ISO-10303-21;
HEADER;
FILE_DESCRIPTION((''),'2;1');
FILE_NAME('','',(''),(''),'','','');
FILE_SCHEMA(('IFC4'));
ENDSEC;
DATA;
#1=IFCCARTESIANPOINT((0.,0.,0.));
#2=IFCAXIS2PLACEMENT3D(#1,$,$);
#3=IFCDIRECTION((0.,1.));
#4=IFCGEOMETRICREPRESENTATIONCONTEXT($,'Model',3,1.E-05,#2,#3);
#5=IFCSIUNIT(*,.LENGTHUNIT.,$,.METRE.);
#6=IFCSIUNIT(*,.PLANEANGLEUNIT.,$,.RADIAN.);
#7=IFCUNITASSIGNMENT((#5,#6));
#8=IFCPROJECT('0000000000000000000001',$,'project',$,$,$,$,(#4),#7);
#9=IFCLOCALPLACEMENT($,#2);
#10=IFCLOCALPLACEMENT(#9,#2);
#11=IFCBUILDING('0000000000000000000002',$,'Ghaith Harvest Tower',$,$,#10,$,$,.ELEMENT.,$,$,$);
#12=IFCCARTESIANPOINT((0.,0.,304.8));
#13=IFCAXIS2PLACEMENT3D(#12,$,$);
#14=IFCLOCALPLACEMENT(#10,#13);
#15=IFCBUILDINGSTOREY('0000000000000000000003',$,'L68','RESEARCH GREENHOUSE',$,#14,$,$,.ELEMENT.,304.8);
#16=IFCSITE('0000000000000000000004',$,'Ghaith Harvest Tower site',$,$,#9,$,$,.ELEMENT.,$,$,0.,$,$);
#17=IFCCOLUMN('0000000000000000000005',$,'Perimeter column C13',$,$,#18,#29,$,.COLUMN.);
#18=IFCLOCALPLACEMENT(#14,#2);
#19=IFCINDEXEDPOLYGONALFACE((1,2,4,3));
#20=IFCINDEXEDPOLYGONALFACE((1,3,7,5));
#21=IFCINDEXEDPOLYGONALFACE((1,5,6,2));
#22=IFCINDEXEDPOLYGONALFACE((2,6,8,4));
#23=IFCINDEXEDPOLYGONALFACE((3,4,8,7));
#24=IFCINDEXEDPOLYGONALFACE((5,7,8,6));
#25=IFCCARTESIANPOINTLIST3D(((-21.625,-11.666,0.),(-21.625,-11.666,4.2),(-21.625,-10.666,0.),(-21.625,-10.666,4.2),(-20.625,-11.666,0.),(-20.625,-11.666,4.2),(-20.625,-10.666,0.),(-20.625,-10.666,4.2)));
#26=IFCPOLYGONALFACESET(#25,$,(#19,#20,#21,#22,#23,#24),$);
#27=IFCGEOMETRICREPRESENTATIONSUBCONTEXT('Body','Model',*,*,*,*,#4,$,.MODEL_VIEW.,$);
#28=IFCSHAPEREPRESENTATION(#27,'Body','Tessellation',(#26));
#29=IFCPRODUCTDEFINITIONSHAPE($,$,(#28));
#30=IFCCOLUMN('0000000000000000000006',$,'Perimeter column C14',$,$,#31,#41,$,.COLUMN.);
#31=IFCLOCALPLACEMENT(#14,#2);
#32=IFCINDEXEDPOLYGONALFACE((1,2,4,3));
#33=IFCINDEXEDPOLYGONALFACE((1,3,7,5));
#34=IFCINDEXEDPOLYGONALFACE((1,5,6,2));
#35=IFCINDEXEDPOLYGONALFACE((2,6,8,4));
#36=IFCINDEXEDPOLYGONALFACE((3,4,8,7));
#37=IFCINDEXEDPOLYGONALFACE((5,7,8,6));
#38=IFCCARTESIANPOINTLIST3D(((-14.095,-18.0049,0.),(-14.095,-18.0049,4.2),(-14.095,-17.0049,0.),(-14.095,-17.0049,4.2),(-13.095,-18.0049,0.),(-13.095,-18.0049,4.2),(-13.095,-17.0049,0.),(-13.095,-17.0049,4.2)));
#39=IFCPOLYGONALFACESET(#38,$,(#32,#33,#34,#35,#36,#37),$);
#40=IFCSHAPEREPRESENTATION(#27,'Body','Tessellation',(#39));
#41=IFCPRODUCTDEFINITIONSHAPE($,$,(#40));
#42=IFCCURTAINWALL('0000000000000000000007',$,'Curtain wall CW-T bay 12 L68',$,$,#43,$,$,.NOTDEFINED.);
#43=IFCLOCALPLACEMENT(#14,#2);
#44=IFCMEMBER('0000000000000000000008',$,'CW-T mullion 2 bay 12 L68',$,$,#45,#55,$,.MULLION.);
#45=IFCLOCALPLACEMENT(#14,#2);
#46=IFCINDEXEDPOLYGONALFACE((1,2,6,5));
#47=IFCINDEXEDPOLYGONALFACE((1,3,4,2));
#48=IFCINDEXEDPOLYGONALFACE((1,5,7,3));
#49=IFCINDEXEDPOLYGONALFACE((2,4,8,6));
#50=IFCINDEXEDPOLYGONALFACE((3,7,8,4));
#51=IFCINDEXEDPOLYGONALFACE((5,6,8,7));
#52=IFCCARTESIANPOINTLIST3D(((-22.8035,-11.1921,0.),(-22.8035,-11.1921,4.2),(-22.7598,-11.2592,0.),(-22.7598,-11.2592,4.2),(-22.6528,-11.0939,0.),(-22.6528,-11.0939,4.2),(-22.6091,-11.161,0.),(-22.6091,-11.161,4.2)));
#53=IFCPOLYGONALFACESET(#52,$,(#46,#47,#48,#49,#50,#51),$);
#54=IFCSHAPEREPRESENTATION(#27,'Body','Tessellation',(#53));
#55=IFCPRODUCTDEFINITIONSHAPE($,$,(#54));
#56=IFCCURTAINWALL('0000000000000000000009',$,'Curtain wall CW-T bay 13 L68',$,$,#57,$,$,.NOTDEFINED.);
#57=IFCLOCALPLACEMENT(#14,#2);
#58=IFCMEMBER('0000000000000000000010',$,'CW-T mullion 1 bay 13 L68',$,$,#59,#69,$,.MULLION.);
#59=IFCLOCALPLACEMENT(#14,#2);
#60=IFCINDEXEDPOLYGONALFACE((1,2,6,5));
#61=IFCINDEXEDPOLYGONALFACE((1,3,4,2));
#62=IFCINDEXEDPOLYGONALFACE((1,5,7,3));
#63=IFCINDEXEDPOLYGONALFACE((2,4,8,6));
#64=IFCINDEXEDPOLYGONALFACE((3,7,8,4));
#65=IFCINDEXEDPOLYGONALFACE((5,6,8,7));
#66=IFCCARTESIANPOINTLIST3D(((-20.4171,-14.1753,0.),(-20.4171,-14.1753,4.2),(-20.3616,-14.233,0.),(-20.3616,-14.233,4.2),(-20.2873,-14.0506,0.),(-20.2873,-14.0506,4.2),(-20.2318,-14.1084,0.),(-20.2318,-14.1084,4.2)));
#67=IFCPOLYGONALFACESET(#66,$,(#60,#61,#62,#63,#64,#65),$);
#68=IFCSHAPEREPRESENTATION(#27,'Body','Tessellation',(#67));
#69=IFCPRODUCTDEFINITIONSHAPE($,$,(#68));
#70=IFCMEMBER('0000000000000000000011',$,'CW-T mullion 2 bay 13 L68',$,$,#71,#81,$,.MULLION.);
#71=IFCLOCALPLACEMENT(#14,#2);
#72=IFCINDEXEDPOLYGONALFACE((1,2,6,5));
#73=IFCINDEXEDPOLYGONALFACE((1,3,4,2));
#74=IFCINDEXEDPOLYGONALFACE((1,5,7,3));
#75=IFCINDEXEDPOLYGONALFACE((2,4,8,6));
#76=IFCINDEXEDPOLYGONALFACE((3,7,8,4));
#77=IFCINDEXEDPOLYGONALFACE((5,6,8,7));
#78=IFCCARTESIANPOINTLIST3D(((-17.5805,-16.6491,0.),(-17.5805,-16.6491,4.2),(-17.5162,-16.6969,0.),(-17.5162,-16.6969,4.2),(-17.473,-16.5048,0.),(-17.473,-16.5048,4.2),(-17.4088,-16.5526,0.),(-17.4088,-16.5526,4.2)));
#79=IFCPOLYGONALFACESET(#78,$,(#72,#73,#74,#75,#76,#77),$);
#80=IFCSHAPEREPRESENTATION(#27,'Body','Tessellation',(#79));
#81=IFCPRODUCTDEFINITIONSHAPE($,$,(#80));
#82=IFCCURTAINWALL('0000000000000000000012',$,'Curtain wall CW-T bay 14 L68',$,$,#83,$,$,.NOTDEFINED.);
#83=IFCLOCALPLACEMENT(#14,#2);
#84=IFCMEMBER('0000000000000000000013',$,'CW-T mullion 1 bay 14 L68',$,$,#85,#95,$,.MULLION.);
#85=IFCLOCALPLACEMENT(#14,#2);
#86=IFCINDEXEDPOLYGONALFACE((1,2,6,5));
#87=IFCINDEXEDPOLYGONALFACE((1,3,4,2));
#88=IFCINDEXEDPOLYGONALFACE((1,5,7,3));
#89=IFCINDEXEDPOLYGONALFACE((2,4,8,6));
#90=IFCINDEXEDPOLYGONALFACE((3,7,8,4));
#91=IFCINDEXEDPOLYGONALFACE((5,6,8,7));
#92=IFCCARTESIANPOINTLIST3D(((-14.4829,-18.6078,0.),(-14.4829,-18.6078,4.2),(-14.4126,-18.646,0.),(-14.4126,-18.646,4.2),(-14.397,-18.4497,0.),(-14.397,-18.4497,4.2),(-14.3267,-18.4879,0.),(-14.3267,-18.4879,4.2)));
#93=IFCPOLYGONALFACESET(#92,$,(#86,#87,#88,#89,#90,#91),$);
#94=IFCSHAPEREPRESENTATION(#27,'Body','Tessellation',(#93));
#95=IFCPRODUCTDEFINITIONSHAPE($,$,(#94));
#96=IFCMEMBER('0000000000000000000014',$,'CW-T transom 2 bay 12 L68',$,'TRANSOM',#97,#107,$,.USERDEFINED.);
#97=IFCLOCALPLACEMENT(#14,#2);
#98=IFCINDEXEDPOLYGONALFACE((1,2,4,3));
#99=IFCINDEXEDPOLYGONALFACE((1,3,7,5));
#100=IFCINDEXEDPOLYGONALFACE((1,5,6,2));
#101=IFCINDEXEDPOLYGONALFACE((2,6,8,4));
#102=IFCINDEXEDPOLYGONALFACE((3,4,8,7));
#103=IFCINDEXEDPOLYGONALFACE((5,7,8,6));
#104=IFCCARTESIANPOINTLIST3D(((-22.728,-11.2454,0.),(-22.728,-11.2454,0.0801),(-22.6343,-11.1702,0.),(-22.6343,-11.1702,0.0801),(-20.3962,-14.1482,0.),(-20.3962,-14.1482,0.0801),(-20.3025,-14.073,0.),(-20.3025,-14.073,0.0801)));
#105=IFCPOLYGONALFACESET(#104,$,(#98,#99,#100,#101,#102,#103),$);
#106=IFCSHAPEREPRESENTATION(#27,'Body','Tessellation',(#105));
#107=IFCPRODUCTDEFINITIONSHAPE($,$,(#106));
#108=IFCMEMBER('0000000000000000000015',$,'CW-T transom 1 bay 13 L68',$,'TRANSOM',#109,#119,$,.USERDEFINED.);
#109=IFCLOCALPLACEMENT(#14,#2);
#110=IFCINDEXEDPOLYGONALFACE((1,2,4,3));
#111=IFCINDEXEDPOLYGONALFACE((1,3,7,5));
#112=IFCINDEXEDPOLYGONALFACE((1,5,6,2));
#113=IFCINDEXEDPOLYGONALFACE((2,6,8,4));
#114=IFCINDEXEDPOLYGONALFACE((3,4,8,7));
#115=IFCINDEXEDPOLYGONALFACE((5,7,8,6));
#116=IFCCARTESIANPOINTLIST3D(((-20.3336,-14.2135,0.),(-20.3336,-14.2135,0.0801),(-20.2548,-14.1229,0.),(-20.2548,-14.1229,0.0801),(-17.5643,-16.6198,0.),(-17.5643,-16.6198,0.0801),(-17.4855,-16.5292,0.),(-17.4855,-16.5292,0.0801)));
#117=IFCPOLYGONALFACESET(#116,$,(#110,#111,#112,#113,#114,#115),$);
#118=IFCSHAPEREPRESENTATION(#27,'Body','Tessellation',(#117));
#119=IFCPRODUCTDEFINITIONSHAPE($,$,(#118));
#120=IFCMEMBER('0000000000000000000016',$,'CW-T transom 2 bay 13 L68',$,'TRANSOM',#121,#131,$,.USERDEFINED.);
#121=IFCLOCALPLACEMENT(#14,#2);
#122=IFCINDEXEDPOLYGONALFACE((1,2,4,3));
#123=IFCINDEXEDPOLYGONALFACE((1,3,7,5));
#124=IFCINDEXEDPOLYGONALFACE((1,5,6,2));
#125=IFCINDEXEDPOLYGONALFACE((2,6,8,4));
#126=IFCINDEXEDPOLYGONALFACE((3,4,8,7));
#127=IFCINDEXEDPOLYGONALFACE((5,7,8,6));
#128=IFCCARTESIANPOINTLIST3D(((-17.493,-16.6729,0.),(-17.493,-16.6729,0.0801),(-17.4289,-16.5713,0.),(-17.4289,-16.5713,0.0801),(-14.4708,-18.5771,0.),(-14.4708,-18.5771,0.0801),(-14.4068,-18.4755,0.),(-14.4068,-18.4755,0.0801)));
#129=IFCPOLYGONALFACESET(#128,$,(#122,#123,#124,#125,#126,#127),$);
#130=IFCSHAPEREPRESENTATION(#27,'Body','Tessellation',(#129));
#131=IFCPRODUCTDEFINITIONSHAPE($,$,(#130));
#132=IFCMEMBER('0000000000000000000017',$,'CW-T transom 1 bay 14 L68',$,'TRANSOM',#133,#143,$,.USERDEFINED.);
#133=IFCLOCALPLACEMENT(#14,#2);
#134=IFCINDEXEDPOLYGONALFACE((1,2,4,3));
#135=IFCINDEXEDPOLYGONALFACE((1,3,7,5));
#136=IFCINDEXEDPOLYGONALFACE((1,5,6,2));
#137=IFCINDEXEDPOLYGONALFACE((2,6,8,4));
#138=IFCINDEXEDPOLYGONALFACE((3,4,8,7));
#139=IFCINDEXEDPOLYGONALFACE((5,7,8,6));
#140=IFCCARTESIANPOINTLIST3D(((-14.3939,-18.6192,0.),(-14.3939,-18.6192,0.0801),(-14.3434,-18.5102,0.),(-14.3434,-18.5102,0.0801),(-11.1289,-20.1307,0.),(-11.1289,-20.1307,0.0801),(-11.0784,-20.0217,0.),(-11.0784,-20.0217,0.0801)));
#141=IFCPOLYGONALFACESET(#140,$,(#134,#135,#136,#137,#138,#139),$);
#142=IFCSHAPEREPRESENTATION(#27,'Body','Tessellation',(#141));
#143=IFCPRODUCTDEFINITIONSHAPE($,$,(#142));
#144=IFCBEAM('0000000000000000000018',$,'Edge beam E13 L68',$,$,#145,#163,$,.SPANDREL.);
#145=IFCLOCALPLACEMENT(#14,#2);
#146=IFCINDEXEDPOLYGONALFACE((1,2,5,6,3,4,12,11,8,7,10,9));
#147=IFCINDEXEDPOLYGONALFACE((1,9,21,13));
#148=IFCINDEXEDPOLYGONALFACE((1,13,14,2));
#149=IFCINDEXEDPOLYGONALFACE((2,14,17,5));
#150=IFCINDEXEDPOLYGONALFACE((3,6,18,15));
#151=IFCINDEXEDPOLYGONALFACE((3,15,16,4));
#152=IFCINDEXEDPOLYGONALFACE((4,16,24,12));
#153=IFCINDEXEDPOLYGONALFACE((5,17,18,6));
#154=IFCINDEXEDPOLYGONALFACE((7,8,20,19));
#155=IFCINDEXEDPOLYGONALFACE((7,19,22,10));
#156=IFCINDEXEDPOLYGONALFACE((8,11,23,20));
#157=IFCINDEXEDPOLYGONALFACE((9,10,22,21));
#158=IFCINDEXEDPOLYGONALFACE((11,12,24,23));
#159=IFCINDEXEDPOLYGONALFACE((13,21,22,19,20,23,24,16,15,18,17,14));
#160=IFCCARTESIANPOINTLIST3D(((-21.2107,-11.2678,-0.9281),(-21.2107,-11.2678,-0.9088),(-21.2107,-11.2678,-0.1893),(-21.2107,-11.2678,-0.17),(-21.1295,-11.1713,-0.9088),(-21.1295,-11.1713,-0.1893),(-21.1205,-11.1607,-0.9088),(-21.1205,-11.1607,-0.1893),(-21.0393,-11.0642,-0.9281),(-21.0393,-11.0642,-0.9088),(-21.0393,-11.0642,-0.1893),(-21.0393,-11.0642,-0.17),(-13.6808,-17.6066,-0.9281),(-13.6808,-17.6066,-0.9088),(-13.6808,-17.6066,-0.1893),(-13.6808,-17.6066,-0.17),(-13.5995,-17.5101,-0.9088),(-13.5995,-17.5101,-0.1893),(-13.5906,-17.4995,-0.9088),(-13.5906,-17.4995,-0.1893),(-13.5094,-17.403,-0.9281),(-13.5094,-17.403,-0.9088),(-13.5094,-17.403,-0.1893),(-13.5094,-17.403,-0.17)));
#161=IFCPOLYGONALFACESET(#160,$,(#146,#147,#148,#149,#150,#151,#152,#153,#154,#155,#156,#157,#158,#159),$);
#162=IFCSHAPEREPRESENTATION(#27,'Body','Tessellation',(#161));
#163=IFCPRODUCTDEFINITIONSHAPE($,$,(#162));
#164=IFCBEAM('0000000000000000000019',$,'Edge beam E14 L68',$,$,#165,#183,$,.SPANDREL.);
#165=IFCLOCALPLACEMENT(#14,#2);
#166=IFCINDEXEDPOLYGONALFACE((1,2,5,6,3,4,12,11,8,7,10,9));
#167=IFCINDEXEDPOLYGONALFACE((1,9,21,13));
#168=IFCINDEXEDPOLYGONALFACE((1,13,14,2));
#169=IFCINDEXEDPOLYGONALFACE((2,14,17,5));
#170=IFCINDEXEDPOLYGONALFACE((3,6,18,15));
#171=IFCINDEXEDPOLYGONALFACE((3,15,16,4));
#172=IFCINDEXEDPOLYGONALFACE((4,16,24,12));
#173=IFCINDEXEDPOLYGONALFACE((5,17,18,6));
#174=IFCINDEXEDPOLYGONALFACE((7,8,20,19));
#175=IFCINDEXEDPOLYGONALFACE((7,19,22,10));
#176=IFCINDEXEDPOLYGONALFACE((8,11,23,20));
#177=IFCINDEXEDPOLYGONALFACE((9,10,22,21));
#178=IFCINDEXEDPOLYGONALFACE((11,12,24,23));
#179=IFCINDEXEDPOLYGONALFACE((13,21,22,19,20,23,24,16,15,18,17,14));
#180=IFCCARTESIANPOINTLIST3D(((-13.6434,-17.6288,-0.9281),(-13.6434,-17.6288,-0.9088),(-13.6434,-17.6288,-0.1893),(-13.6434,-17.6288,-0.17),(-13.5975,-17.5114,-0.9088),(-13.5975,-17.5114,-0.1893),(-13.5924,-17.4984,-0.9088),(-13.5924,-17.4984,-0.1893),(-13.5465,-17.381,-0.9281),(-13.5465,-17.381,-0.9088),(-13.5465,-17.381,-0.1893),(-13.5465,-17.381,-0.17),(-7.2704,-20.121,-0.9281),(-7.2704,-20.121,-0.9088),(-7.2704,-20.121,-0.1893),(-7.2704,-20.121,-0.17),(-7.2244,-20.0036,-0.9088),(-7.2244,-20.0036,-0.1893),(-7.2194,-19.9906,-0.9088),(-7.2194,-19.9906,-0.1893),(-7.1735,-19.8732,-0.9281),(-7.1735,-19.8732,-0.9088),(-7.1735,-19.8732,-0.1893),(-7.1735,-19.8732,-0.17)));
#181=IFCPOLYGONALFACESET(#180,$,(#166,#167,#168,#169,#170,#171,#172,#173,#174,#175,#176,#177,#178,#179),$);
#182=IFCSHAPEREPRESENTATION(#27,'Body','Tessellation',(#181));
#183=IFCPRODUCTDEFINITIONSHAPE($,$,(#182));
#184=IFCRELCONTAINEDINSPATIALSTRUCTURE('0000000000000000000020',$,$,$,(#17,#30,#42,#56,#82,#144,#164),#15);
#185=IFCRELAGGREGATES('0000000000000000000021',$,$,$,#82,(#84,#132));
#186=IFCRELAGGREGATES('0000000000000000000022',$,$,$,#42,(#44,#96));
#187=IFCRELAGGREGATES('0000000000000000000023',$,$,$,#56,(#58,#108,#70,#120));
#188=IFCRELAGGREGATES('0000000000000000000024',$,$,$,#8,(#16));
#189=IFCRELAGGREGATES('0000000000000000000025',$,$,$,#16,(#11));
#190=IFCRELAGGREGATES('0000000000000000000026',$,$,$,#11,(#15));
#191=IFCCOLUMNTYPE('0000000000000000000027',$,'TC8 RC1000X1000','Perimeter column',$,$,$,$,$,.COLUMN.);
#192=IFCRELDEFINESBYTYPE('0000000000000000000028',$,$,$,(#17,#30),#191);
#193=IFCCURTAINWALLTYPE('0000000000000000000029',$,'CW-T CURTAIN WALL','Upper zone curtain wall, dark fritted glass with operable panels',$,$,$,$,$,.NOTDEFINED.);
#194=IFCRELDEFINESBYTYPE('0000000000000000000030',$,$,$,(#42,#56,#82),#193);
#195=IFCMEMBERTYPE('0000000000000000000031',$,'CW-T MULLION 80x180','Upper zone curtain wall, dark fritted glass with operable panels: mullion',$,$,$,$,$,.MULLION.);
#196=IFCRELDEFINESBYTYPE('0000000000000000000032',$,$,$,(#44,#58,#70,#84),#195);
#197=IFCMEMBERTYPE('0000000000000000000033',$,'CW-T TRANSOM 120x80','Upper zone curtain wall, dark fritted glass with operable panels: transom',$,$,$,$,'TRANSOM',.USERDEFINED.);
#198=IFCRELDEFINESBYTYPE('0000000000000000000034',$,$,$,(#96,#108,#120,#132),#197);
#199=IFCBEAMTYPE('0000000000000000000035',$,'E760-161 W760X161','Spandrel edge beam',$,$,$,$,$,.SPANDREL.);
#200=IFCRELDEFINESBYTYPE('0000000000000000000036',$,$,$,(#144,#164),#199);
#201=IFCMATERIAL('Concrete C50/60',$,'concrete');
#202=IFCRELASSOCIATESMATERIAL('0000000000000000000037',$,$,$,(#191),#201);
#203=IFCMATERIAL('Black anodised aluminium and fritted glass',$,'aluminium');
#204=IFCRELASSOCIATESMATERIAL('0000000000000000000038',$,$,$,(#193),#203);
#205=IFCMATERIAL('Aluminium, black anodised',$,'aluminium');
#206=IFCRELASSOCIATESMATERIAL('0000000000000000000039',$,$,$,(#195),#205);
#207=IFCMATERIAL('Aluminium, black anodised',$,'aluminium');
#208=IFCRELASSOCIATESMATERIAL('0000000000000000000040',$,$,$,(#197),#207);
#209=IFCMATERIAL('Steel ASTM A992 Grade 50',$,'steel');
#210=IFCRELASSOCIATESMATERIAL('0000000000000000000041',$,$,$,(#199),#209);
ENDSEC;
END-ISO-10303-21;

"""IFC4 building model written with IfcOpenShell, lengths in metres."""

from ifc_helpers import new_model, si_unit, direction, frame, origin, origin_2d, place, context, subcontext, project, spatial, rectangle, i_section, extrude, material, material_profile, profile_set, type_object, element, aggregate, save


model = new_model("IFC4")

# Units and contexts
model_context = context("Model", 3, precision=1e-05, world=origin(), true_north=direction((0.0, 1.0)))
body_context = subcontext(model_context, "Body", "Model", "MODEL_VIEW")
ifc_project = project(units=[si_unit("LENGTHUNIT", "METRE"), si_unit("PLANEANGLEUNIT", "RADIAN")], contexts=[model_context])

# Site, building, storey
site_placement = place(None, origin())
site = spatial("IfcSite", under=ifc_project, at=site_placement, Name="Ghaith Harvest Tower site", CompositionType="ELEMENT", RefElevation=0.0)
building_placement = place(site_placement, origin())
building = spatial("IfcBuilding", under=site, at=building_placement, Name="Ghaith Harvest Tower", CompositionType="ELEMENT")
storey_placement = place(building_placement, frame((0.0, 0.0, 304.8)))
storey = spatial("IfcBuildingStorey", under=building, at=storey_placement, Name="L68", Description="RESEARCH GREENHOUSE", CompositionType="ELEMENT", Elevation=304.8)

# Columns
ifc_material_1 = material(Name="Concrete C50/60", Category="concrete")
ifc_material_profile_1 = material_profile(ifc_material_1, rectangle(XDim=1.0, YDim=1.0, at=origin_2d()), Name="RC1000X1000")
ifc_profile_set_1 = profile_set([ifc_material_profile_1], Name="Concrete C50/60")
column_type = type_object("IfcColumnType", Name="TC8 RC1000X1000", Description="Perimeter column", PredefinedType="COLUMN", material=ifc_profile_set_1)
for number, where, z_axis, x_axis, name in (
    (1, (-21.125, -11.166, 0.0), (0.0, 0.0, 1.0), (1.0, 0.0, 0.0), "Perimeter column C13"),
    (2, (-13.595, -17.5049, 0.0), (0.0, 0.0, 1.0), (1.0, 0.0, 0.0), "Perimeter column C14"),
):
    element("IfcColumn", number, at=place(storey_placement, frame(where, z_axis=z_axis, x_axis=x_axis)), inside=storey, type_object=column_type, Name=name, PredefinedType="COLUMN", context=body_context, shape_type="SweptSolid", body=[
        extrude(rectangle(XDim=1.0, YDim=1.0, at=origin_2d()), origin(), (0.0, 0.0, 1.0), 4.2),
    ])

# Curtain wall, member
ifc_material_2 = material(Name="Black anodised aluminium and fritted glass", Category="aluminium")
curtain_wall_type = type_object("IfcCurtainWallType", Name="CW-T CURTAIN WALL", Description="Upper zone curtain wall, dark fritted glass with operable panels", PredefinedType="NOTDEFINED", material=ifc_material_2)
curtain_wall_1_placement = place(storey_placement, origin())
curtain_wall_1 = element("IfcCurtainWall", 3, at=curtain_wall_1_placement, inside=storey, type_object=curtain_wall_type, Name="Curtain wall CW-T bay 12 L68", PredefinedType="NOTDEFINED")
ifc_material_3 = material(Name="Aluminium, black anodised", Category="aluminium")
ifc_material_profile_2 = material_profile(ifc_material_3, rectangle(XDim=0.0801, YDim=0.1799, at=origin_2d()), Name="CW-T MULLION 80x180")
ifc_profile_set_2 = profile_set([ifc_material_profile_2], Name="Aluminium, black anodised")
member_type_1 = type_object("IfcMemberType", Name="CW-T MULLION 80x180", Description="Upper zone curtain wall, dark fritted glass with operable panels: mullion", PredefinedType="MULLION", material=ifc_profile_set_2)
member_1_placement = place(storey_placement, frame((-22.7063, -11.1765, 0.0), z_axis=(0.0, 0.0, 1.0), x_axis=(0.545865, -0.837873, 0.0)))
member_1 = element("IfcMember", 4, at=member_1_placement, type_object=member_type_1, Name="CW-T mullion 2 bay 12 L68", PredefinedType="MULLION", context=body_context, shape_type="SweptSolid", body=[
    extrude(rectangle(XDim=0.0801, YDim=0.1799, at=origin_2d()), origin(), (0.0, 0.0, 1.0), 4.2),
])

# Curtain wall, members
curtain_wall_2_placement = place(storey_placement, origin())
curtain_wall_2 = element("IfcCurtainWall", 5, at=curtain_wall_2_placement, inside=storey, type_object=curtain_wall_type, Name="Curtain wall CW-T bay 13 L68", PredefinedType="NOTDEFINED")
member_2_placement = place(storey_placement, frame((-20.3245, -14.1418, 0.0), z_axis=(0.0, 0.0, 1.0), x_axis=(0.692826, -0.721104, 0.0)))
member_2 = element("IfcMember", 6, at=member_2_placement, type_object=member_type_1, Name="CW-T mullion 1 bay 13 L68", PredefinedType="MULLION", context=body_context, shape_type="SweptSolid", body=[
    extrude(rectangle(XDim=0.0801, YDim=0.1799, at=origin_2d()), origin(), (0.0, 0.0, 1.0), 4.2),
])
member_3_placement = place(storey_placement, frame((-17.4946, -16.6008, 0.0), z_axis=(0.0, 0.0, 1.0), x_axis=(0.80219, -0.597069, 0.0)))
member_3 = element("IfcMember", 7, at=member_3_placement, type_object=member_type_1, Name="CW-T mullion 2 bay 13 L68", PredefinedType="MULLION", context=body_context, shape_type="SweptSolid", body=[
    extrude(rectangle(XDim=0.0801, YDim=0.1799, at=origin_2d()), origin(), (0.0, 0.0, 1.0), 4.2),
])

# Curtain wall, member
curtain_wall_3_placement = place(storey_placement, origin())
curtain_wall_3 = element("IfcCurtainWall", 8, at=curtain_wall_3_placement, inside=storey, type_object=curtain_wall_type, Name="Curtain wall CW-T bay 14 L68", PredefinedType="NOTDEFINED")
member_4_placement = place(storey_placement, frame((-14.4048, -18.5479, 0.0), z_axis=(0.0, 0.0, 1.0), x_axis=(0.878672, -0.477426, 0.0)))
member_4 = element("IfcMember", 9, at=member_4_placement, type_object=member_type_1, Name="CW-T mullion 1 bay 14 L68", PredefinedType="MULLION", context=body_context, shape_type="SweptSolid", body=[
    extrude(rectangle(XDim=0.0801, YDim=0.1799, at=origin_2d()), origin(), (0.0, 0.0, 1.0), 4.2),
])

# Members
ifc_material_4 = material(Name="Aluminium, black anodised", Category="aluminium")
ifc_material_profile_3 = material_profile(ifc_material_4, rectangle(XDim=0.1201, YDim=0.0801, at=origin_2d()), Name="CW-T TRANSOM 120x80")
ifc_profile_set_3 = profile_set([ifc_material_profile_3], Name="Aluminium, black anodised")
member_type_2 = type_object("IfcMemberType", Name="CW-T TRANSOM 120x80", Description="Upper zone curtain wall, dark fritted glass with operable panels: transom", ElementType="TRANSOM", PredefinedType="USERDEFINED", material=ifc_profile_set_3)
member_5_placement = place(storey_placement, frame((-22.6812, -11.2078, 0.04), z_axis=(0.626253, -0.77962, 0.0), x_axis=(0.77962, 0.626253, 0.0)))
member_5 = element("IfcMember", 10, at=member_5_placement, type_object=member_type_2, Name="CW-T transom 2 bay 12 L68", ObjectType="TRANSOM", PredefinedType="USERDEFINED", context=body_context, shape_type="SweptSolid", body=[
    extrude(rectangle(XDim=0.1201, YDim=0.0801, at=origin_2d()), origin(), (0.0, 0.0, 1.0), 3.7234),
])
member_6_placement = place(storey_placement, frame((-20.2942, -14.1682, 0.04), z_axis=(0.754852, -0.655895, 0.0), x_axis=(0.655895, 0.754852, 0.0)))
member_6 = element("IfcMember", 11, at=member_6_placement, type_object=member_type_2, Name="CW-T transom 1 bay 13 L68", ObjectType="TRANSOM", PredefinedType="USERDEFINED", context=body_context, shape_type="SweptSolid", body=[
    extrude(rectangle(XDim=0.1201, YDim=0.0801, at=origin_2d()), origin(), (0.0, 0.0, 1.0), 3.6687),
])
member_7_placement = place(storey_placement, frame((-17.4609, -16.6221, 0.04), z_axis=(0.846054, -0.533098, 0.0), x_axis=(0.533098, 0.846054, 0.0)))
member_7 = element("IfcMember", 12, at=member_7_placement, type_object=member_type_2, Name="CW-T transom 2 bay 13 L68", ObjectType="TRANSOM", PredefinedType="USERDEFINED", context=body_context, shape_type="SweptSolid", body=[
    extrude(rectangle(XDim=0.1201, YDim=0.0801, at=origin_2d()), origin(), (0.0, 0.0, 1.0), 3.572),
])
member_8_placement = place(storey_placement, frame((-14.3687, -18.5647, 0.04), z_axis=(0.907472, -0.420112, 0.0), x_axis=(0.420112, 0.907472, 0.0)))
member_8 = element("IfcMember", 13, at=member_8_placement, type_object=member_type_2, Name="CW-T transom 1 bay 14 L68", ObjectType="TRANSOM", PredefinedType="USERDEFINED", context=body_context, shape_type="SweptSolid", body=[
    extrude(rectangle(XDim=0.1201, YDim=0.0801, at=origin_2d()), origin(), (0.0, 0.0, 1.0), 3.5979),
])
aggregate(curtain_wall_3, [member_4, member_8])

# Beams
ifc_material_5 = material(Name="Steel ASTM A992 Grade 50", Category="steel")
ifc_material_profile_4 = material_profile(ifc_material_5, i_section(OverallWidth=0.2661, OverallDepth=0.7581, WebThickness=0.0139, FlangeThickness=0.0193, at=origin_2d()), Name="W760X161")
ifc_profile_set_4 = profile_set([ifc_material_profile_4], Name="Steel ASTM A992 Grade 50")
beam_type = type_object("IfcBeamType", Name="E760-161 W760X161", Description="Spandrel edge beam", PredefinedType="SPANDREL", material=ifc_profile_set_4)
beam_1_placement = place(storey_placement, frame((-21.125, -11.166, -0.5491), z_axis=(0.765022, -0.644004, 0.0), x_axis=(0.644004, 0.765022, 0.0)))
element("IfcBeam", 14, at=beam_1_placement, inside=storey, type_object=beam_type, Name="Edge beam E13 L68", PredefinedType="SPANDREL", context=body_context, shape_type="SweptSolid", body=[
    extrude(i_section(OverallWidth=0.2661, OverallDepth=0.7581, WebThickness=0.0139, FlangeThickness=0.0193, at=origin_2d()), origin(), (0.0, 0.0, 1.0), 9.8428),
])
beam_2_placement = place(storey_placement, frame((-13.595, -17.5049, -0.5491), z_axis=(0.931323, -0.364195, 0.0), x_axis=(0.364195, 0.931323, 0.0)))
element("IfcBeam", 15, at=beam_2_placement, inside=storey, type_object=beam_type, Name="Edge beam E14 L68", PredefinedType="SPANDREL", context=body_context, shape_type="SweptSolid", body=[
    extrude(i_section(OverallWidth=0.2661, OverallDepth=0.7581, WebThickness=0.0139, FlangeThickness=0.0193, at=origin_2d()), origin(), (0.0, 0.0, 1.0), 6.843),
])

aggregate(curtain_wall_1, [member_1, member_5])
aggregate(curtain_wall_2, [member_2, member_6, member_3, member_7])

save(model, "model.ifc")
